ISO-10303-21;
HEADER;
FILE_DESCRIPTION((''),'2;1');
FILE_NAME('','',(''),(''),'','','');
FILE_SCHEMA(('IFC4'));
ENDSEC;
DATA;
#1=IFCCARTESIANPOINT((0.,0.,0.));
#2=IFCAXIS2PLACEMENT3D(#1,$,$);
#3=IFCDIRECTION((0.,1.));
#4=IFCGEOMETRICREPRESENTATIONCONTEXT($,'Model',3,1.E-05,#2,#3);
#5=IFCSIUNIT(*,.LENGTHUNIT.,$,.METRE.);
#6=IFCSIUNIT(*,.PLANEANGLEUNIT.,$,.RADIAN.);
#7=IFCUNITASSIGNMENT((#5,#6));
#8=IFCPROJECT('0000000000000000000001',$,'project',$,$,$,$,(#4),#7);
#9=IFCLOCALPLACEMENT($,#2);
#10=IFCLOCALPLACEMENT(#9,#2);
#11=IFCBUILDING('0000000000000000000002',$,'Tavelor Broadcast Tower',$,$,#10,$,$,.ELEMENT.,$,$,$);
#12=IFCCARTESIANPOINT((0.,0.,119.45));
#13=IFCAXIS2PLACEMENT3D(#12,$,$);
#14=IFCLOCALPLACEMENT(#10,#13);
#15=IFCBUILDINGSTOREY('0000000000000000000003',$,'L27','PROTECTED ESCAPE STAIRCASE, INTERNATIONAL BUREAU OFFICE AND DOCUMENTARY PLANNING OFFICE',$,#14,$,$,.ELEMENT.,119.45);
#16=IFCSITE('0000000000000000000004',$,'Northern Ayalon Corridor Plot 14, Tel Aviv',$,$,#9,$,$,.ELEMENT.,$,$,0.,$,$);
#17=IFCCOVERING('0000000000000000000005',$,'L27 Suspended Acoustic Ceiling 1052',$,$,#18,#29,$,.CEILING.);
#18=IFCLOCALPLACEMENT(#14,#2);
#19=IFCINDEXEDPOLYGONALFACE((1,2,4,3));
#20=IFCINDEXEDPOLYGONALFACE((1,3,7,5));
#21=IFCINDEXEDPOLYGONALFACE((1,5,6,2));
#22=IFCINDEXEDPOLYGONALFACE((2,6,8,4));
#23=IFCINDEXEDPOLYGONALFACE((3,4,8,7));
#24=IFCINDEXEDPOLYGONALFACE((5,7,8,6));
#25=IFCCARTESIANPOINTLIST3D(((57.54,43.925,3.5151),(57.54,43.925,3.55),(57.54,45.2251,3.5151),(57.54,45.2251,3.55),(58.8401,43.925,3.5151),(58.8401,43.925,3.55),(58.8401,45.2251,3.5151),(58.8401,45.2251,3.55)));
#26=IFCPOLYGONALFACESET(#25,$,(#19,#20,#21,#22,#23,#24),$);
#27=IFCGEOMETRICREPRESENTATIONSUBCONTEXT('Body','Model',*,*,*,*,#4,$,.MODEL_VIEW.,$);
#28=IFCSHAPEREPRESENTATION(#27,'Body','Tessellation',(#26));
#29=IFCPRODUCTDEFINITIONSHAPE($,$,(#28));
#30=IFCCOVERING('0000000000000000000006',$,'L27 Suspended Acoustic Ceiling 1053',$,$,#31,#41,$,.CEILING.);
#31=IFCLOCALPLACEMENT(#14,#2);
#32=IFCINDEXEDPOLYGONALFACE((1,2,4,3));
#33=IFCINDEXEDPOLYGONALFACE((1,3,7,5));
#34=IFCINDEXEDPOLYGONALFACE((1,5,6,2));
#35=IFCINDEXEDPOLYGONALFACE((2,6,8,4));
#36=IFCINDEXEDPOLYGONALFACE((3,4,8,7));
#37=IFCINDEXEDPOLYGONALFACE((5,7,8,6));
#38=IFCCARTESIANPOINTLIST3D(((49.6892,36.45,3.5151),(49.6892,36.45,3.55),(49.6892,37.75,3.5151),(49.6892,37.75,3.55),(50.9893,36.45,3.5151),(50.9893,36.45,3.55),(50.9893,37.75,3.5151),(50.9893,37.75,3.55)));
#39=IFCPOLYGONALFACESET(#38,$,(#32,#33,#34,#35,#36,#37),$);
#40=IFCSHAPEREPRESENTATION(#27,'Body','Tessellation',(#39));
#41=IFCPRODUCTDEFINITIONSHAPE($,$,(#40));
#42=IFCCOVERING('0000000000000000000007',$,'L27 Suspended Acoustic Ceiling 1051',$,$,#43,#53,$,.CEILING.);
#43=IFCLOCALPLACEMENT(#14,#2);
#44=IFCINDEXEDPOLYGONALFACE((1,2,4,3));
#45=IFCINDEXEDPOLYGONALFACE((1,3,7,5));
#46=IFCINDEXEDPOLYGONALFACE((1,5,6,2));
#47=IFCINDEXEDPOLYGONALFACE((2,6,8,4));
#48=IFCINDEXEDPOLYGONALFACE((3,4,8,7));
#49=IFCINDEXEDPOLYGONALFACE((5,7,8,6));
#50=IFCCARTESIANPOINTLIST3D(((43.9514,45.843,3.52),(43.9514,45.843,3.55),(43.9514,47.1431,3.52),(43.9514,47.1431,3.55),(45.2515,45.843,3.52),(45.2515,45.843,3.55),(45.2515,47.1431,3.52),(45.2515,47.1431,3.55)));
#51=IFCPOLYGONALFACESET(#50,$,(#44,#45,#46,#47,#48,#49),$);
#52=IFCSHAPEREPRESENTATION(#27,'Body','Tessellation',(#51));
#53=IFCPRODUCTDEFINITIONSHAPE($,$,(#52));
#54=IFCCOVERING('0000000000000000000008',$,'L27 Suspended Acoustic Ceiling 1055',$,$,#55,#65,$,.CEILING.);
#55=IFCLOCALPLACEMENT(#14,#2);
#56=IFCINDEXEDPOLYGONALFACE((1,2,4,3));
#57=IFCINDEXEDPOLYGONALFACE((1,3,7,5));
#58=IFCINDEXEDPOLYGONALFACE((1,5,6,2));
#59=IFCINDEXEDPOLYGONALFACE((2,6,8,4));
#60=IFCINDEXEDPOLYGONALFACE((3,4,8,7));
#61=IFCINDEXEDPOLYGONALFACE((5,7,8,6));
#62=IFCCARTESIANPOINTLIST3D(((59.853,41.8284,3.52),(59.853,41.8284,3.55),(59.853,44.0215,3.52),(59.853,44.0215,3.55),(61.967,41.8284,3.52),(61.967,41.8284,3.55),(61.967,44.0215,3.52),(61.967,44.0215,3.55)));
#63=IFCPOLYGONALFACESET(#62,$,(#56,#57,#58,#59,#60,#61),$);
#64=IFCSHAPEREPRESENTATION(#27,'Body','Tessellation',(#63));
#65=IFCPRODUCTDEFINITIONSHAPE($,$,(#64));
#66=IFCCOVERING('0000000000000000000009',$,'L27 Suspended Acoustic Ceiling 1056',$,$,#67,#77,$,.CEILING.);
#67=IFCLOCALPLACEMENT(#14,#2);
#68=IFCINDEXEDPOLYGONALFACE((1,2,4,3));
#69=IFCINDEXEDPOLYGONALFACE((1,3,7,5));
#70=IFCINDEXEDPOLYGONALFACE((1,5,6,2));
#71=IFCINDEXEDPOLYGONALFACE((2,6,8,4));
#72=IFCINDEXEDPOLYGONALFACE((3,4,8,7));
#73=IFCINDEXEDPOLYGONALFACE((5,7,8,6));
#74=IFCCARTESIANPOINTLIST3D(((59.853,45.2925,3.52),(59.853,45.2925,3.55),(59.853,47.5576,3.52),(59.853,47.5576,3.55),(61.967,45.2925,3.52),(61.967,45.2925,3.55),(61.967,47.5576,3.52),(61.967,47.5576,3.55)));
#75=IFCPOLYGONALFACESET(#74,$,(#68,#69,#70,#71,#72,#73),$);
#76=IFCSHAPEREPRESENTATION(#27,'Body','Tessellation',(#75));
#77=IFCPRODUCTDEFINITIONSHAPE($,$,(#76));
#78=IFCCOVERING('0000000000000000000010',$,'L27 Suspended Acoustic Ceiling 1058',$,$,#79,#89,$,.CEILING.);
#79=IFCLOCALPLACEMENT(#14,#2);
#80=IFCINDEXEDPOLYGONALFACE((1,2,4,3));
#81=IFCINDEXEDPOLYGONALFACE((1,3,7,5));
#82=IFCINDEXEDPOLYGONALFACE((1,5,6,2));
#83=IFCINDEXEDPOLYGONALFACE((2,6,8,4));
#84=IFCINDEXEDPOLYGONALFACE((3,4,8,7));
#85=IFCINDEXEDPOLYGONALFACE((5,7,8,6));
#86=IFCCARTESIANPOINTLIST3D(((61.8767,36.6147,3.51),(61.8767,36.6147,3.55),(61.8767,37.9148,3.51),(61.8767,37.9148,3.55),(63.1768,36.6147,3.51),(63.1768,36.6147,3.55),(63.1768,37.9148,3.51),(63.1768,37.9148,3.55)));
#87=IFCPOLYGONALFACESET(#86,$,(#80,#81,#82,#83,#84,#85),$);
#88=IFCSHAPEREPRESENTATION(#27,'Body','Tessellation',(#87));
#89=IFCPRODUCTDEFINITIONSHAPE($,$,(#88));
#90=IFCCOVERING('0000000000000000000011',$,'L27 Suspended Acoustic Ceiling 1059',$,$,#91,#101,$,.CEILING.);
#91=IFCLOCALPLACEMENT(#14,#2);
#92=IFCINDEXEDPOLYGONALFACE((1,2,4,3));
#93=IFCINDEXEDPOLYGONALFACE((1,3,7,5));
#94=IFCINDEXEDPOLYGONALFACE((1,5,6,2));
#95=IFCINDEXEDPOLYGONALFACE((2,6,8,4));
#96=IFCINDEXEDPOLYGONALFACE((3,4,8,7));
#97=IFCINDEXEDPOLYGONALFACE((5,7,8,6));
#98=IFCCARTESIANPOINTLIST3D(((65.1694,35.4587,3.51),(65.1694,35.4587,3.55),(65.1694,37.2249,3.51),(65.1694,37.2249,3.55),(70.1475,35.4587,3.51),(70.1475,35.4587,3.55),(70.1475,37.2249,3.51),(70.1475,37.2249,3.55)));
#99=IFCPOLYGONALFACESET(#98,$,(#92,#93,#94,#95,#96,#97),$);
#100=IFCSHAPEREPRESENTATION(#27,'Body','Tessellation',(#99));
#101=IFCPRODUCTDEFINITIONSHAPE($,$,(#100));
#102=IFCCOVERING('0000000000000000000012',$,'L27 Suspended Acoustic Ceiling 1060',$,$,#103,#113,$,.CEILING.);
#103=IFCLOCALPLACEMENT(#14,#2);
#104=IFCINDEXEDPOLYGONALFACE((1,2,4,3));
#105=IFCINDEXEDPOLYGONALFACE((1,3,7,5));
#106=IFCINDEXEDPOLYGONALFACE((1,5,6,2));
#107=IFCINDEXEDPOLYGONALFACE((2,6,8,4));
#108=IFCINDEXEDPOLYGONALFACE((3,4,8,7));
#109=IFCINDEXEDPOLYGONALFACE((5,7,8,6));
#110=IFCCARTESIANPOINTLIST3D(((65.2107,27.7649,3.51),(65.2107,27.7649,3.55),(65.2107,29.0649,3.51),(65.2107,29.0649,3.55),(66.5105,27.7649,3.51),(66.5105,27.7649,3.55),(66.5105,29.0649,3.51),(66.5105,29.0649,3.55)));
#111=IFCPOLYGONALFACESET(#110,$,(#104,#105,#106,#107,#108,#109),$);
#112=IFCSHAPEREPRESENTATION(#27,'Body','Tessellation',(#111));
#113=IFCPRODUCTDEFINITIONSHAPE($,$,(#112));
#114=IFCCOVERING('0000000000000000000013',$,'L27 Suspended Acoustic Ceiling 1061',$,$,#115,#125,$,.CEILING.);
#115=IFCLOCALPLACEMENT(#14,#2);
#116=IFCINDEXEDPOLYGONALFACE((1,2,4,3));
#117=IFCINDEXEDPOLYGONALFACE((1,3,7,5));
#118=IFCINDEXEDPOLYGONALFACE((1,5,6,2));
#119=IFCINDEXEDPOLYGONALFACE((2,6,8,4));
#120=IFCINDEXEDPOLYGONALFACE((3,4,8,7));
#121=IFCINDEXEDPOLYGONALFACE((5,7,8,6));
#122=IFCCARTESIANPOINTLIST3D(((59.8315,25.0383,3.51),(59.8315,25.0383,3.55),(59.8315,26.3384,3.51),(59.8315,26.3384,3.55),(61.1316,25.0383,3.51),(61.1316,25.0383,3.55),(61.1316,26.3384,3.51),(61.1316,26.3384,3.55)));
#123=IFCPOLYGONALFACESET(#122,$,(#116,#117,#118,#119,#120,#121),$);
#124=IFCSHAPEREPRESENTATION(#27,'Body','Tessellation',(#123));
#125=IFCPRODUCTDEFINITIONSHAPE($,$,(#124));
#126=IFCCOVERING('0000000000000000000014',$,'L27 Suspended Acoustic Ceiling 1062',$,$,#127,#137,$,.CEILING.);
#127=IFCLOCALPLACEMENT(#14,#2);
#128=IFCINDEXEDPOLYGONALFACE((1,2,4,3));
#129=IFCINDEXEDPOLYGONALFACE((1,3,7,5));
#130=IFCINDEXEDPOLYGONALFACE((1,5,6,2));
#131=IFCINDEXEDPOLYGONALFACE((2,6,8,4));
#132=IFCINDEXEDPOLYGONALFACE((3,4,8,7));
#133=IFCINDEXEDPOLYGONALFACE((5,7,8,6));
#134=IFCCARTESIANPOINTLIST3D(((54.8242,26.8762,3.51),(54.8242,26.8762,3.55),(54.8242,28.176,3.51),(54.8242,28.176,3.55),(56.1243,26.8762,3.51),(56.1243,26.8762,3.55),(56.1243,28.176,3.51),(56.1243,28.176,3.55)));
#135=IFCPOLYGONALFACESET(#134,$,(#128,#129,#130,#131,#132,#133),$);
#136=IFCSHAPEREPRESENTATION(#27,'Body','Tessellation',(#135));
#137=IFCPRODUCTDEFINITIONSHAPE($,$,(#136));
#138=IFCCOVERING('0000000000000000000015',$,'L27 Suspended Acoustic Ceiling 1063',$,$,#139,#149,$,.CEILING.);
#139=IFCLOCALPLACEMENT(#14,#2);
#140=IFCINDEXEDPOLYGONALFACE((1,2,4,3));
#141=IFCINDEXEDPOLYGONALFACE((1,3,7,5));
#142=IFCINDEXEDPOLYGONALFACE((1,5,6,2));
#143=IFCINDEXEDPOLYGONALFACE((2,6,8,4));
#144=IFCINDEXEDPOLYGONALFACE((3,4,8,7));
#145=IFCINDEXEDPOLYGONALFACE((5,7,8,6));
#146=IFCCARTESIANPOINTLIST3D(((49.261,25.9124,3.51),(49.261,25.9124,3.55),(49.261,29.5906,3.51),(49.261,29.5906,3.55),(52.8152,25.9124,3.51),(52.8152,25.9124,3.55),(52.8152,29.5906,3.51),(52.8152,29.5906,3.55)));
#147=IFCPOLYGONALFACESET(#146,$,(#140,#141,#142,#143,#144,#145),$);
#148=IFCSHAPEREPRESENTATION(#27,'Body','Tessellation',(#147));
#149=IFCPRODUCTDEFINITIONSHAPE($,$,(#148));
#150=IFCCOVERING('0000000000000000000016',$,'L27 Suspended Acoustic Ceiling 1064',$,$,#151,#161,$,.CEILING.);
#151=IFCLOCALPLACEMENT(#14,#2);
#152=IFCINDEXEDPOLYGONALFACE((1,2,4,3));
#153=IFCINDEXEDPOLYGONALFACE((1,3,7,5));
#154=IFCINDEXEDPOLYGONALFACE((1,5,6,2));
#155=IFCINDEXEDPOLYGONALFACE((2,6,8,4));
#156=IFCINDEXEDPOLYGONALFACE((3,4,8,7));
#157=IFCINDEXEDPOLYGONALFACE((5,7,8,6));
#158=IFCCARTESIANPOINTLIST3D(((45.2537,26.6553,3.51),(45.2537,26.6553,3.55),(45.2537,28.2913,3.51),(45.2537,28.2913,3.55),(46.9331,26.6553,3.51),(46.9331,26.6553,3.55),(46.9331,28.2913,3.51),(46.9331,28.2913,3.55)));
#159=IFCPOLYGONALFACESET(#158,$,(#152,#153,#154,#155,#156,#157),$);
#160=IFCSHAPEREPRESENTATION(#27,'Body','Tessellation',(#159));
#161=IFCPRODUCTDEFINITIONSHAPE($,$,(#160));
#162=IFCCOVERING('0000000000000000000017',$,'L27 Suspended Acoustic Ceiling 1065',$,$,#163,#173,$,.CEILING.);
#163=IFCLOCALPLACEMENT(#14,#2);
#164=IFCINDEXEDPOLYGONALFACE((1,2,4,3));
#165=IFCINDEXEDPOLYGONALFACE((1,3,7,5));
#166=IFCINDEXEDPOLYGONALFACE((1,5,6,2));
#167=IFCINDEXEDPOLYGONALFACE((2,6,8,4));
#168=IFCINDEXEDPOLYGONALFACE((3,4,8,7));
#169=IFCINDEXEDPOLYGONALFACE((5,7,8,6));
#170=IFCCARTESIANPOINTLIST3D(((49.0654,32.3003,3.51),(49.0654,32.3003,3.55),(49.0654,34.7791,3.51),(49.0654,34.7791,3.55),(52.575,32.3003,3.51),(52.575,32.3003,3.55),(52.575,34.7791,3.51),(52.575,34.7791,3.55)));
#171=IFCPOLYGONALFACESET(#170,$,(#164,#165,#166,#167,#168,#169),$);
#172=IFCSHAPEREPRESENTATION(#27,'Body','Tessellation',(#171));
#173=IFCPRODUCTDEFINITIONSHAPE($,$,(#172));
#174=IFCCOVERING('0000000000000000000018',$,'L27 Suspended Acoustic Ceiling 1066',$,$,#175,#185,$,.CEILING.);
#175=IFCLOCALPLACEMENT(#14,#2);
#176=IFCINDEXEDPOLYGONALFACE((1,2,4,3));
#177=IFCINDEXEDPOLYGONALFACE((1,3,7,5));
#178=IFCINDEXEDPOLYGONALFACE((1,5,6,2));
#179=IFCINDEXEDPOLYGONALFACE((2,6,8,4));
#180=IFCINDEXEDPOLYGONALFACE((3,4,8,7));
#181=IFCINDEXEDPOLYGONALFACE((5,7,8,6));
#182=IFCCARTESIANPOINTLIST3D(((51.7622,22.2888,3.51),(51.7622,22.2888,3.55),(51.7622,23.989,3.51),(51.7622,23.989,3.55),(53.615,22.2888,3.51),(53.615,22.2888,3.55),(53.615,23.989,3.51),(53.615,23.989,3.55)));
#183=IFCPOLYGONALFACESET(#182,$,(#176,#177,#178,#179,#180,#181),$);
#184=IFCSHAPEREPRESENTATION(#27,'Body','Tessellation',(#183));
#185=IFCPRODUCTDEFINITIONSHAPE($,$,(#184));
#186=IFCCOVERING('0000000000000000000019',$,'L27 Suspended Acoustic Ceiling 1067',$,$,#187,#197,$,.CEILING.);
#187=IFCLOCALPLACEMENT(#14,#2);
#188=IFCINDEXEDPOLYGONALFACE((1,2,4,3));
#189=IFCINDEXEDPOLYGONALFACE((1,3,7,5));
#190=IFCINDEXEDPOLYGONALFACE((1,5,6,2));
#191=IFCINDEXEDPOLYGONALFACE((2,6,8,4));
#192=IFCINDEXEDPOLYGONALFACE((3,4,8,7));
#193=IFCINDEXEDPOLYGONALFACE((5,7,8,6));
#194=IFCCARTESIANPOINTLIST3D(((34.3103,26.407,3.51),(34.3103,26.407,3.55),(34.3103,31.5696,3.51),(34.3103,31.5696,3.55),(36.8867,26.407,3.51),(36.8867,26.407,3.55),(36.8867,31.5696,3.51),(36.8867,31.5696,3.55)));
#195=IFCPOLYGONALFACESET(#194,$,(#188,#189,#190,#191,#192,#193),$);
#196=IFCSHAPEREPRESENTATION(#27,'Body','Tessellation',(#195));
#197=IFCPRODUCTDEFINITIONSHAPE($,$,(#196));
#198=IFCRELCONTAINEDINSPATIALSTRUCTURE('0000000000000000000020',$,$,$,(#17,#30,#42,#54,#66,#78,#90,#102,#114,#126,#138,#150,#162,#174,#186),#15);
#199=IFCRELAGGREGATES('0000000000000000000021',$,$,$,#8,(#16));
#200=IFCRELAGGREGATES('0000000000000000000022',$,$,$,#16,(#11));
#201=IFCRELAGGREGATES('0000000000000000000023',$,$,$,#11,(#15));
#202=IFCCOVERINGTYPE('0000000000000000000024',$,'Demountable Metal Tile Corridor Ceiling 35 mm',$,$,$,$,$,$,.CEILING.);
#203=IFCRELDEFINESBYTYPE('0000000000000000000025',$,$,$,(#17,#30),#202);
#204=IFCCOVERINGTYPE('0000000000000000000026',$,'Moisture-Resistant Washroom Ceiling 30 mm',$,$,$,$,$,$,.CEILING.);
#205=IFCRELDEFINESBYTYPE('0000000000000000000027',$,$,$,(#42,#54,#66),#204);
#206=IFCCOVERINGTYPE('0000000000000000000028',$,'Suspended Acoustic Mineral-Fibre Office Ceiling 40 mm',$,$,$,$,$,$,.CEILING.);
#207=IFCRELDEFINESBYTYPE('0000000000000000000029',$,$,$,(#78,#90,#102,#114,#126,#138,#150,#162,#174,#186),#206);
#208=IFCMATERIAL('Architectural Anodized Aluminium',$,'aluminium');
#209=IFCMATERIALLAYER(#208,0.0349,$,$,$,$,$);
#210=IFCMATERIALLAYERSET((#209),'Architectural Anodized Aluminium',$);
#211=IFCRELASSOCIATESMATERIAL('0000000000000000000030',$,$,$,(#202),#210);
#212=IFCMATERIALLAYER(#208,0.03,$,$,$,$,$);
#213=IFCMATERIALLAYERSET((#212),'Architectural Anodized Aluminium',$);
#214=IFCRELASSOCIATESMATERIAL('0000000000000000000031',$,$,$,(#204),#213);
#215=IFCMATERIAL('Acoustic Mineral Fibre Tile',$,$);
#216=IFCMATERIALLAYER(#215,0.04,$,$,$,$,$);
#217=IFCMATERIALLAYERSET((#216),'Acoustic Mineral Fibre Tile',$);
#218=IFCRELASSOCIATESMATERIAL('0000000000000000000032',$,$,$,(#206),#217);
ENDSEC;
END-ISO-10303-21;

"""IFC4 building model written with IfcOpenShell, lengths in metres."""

from ifc_helpers import new_model, si_unit, direction, frame, origin, place, context, subcontext, project, spatial, polyline, outline, extrude, material, layer, layer_set, type_object, element, save


model = new_model("IFC4")

# Units and contexts
model_context = context("Model", 3, precision=1e-05, world=origin(), true_north=direction((0.0, 1.0)))
body_context = subcontext(model_context, "Body", "Model", "MODEL_VIEW")
ifc_project = project(units=[si_unit("LENGTHUNIT", "METRE"), si_unit("PLANEANGLEUNIT", "RADIAN")], contexts=[model_context])

# Site, building, storey
site_placement = place(None, origin())
site = spatial("IfcSite", under=ifc_project, at=site_placement, Name="Northern Ayalon Corridor Plot 14, Tel Aviv", CompositionType="ELEMENT", RefElevation=0.0)
building_placement = place(site_placement, origin())
building = spatial("IfcBuilding", under=site, at=building_placement, Name="Tavelor Broadcast Tower", CompositionType="ELEMENT")
storey_placement = place(building_placement, frame((0.0, 0.0, 119.45)))
storey = spatial("IfcBuildingStorey", under=building, at=storey_placement, Name="L27", Description="PROTECTED ESCAPE STAIRCASE, INTERNATIONAL BUREAU OFFICE AND DOCUMENTARY PLANNING OFFICE", CompositionType="ELEMENT", Elevation=119.45)

# Coverings
ifc_material_1 = material(Name="Architectural Anodized Aluminium", Category="aluminium")
ifc_layer_1 = layer(ifc_material_1, 0.0349)
ifc_layer_set_1 = layer_set([ifc_layer_1], Name="Architectural Anodized Aluminium")
covering_type_1 = type_object("IfcCoveringType", Name="Demountable Metal Tile Corridor Ceiling 35 mm", PredefinedType="CEILING", material=ifc_layer_set_1)
covering_1_placement = place(storey_placement, frame((0.0, 0.0, 3.5151)))
element("IfcCovering", 1, at=covering_1_placement, inside=storey, type_object=covering_type_1, Name="L27 Suspended Acoustic Ceiling 1052", PredefinedType="CEILING", context=body_context, shape_type="SweptSolid", body=[
    extrude(outline(polyline([(57.54, 43.925), (58.8401, 43.925), (58.8401, 45.2251), (57.54, 45.2251), (57.54, 43.925)])), origin(), (0.0, 0.0, 1.0), 0.0349),
])
covering_2_placement = place(storey_placement, frame((0.0, 0.0, 3.5151)))
element("IfcCovering", 2, at=covering_2_placement, inside=storey, type_object=covering_type_1, Name="L27 Suspended Acoustic Ceiling 1053", PredefinedType="CEILING", context=body_context, shape_type="SweptSolid", body=[
    extrude(outline(polyline([(49.6892, 36.45), (50.9893, 36.45), (50.9893, 37.75), (49.6892, 37.75), (49.6892, 36.45)])), origin(), (0.0, 0.0, 1.0), 0.0349),
])
ifc_layer_2 = layer(ifc_material_1, 0.03)
ifc_layer_set_2 = layer_set([ifc_layer_2], Name="Architectural Anodized Aluminium")
covering_type_2 = type_object("IfcCoveringType", Name="Moisture-Resistant Washroom Ceiling 30 mm", PredefinedType="CEILING", material=ifc_layer_set_2)
covering_3_placement = place(storey_placement, frame((0.0, 0.0, 3.52)))
element("IfcCovering", 3, at=covering_3_placement, inside=storey, type_object=covering_type_2, Name="L27 Suspended Acoustic Ceiling 1051", PredefinedType="CEILING", context=body_context, shape_type="SweptSolid", body=[
    extrude(outline(polyline([(43.9514, 45.843), (45.2515, 45.843), (45.2515, 47.1431), (43.9514, 47.1431), (43.9514, 45.843)])), origin(), (0.0, 0.0, 1.0), 0.03),
])
covering_4_placement = place(storey_placement, frame((0.0, 0.0, 3.52)))
element("IfcCovering", 4, at=covering_4_placement, inside=storey, type_object=covering_type_2, Name="L27 Suspended Acoustic Ceiling 1055", PredefinedType="CEILING", context=body_context, shape_type="SweptSolid", body=[
    extrude(outline(polyline([(59.853, 41.8284), (61.967, 41.8284), (61.967, 44.0215), (59.853, 44.0215), (59.853, 41.8284)])), origin(), (0.0, 0.0, 1.0), 0.03),
])
covering_5_placement = place(storey_placement, frame((0.0, 0.0, 3.52)))
element("IfcCovering", 5, at=covering_5_placement, inside=storey, type_object=covering_type_2, Name="L27 Suspended Acoustic Ceiling 1056", PredefinedType="CEILING", context=body_context, shape_type="SweptSolid", body=[
    extrude(outline(polyline([(59.853, 45.2925), (61.967, 45.2925), (61.967, 47.5576), (59.853, 47.5576), (59.853, 45.2925)])), origin(), (0.0, 0.0, 1.0), 0.03),
])
ifc_material_2 = material(Name="Acoustic Mineral Fibre Tile")
ifc_layer_3 = layer(ifc_material_2, 0.04)
ifc_layer_set_3 = layer_set([ifc_layer_3], Name="Acoustic Mineral Fibre Tile")
covering_type_3 = type_object("IfcCoveringType", Name="Suspended Acoustic Mineral-Fibre Office Ceiling 40 mm", PredefinedType="CEILING", material=ifc_layer_set_3)
covering_6_placement = place(storey_placement, frame((0.0, 0.0, 3.51)))
element("IfcCovering", 6, at=covering_6_placement, inside=storey, type_object=covering_type_3, Name="L27 Suspended Acoustic Ceiling 1058", PredefinedType="CEILING", context=body_context, shape_type="SweptSolid", body=[
    extrude(outline(polyline([(61.8767, 36.6147), (63.1768, 36.6147), (63.1768, 37.9148), (61.8767, 37.9148), (61.8767, 36.6147)])), origin(), (0.0, 0.0, 1.0), 0.04),
])
covering_7_placement = place(storey_placement, frame((0.0, 0.0, 3.51)))
element("IfcCovering", 7, at=covering_7_placement, inside=storey, type_object=covering_type_3, Name="L27 Suspended Acoustic Ceiling 1059", PredefinedType="CEILING", context=body_context, shape_type="SweptSolid", body=[
    extrude(outline(polyline([(65.1694, 35.4587), (70.1475, 35.4587), (70.1475, 37.2249), (65.1694, 37.2249), (65.1694, 35.4587)])), origin(), (0.0, 0.0, 1.0), 0.04),
])
covering_8_placement = place(storey_placement, frame((0.0, 0.0, 3.51)))
element("IfcCovering", 8, at=covering_8_placement, inside=storey, type_object=covering_type_3, Name="L27 Suspended Acoustic Ceiling 1060", PredefinedType="CEILING", context=body_context, shape_type="SweptSolid", body=[
    extrude(outline(polyline([(65.2107, 27.7649), (66.5105, 27.7649), (66.5105, 29.0649), (65.2107, 29.0649), (65.2107, 27.7649)])), origin(), (0.0, 0.0, 1.0), 0.04),
])
covering_9_placement = place(storey_placement, frame((0.0, 0.0, 3.51)))
element("IfcCovering", 9, at=covering_9_placement, inside=storey, type_object=covering_type_3, Name="L27 Suspended Acoustic Ceiling 1061", PredefinedType="CEILING", context=body_context, shape_type="SweptSolid", body=[
    extrude(outline(polyline([(59.8315, 25.0383), (61.1316, 25.0383), (61.1316, 26.3384), (59.8315, 26.3384), (59.8315, 25.0383)])), origin(), (0.0, 0.0, 1.0), 0.04),
])
covering_10_placement = place(storey_placement, frame((0.0, 0.0, 3.51)))
element("IfcCovering", 10, at=covering_10_placement, inside=storey, type_object=covering_type_3, Name="L27 Suspended Acoustic Ceiling 1062", PredefinedType="CEILING", context=body_context, shape_type="SweptSolid", body=[
    extrude(outline(polyline([(54.8242, 26.8762), (56.1243, 26.8762), (56.1243, 28.176), (54.8242, 28.176), (54.8242, 26.8762)])), origin(), (0.0, 0.0, 1.0), 0.04),
])
covering_11_placement = place(storey_placement, frame((0.0, 0.0, 3.51)))
element("IfcCovering", 11, at=covering_11_placement, inside=storey, type_object=covering_type_3, Name="L27 Suspended Acoustic Ceiling 1063", PredefinedType="CEILING", context=body_context, shape_type="SweptSolid", body=[
    extrude(outline(polyline([(49.261, 25.9124), (52.8152, 25.9124), (52.8152, 29.5906), (49.261, 29.5906), (49.261, 25.9124)])), origin(), (0.0, 0.0, 1.0), 0.04),
])
covering_12_placement = place(storey_placement, frame((0.0, 0.0, 3.51)))
element("IfcCovering", 12, at=covering_12_placement, inside=storey, type_object=covering_type_3, Name="L27 Suspended Acoustic Ceiling 1064", PredefinedType="CEILING", context=body_context, shape_type="SweptSolid", body=[
    extrude(outline(polyline([(45.2537, 26.6553), (46.9331, 26.6553), (46.9331, 28.2913), (45.2537, 28.2913), (45.2537, 26.6553)])), origin(), (0.0, 0.0, 1.0), 0.04),
])
covering_13_placement = place(storey_placement, frame((0.0, 0.0, 3.51)))
element("IfcCovering", 13, at=covering_13_placement, inside=storey, type_object=covering_type_3, Name="L27 Suspended Acoustic Ceiling 1065", PredefinedType="CEILING", context=body_context, shape_type="SweptSolid", body=[
    extrude(outline(polyline([(49.0654, 32.3003), (52.575, 32.3003), (52.575, 34.7791), (49.0654, 34.7791), (49.0654, 32.3003)])), origin(), (0.0, 0.0, 1.0), 0.04),
])
covering_14_placement = place(storey_placement, frame((0.0, 0.0, 3.51)))
element("IfcCovering", 14, at=covering_14_placement, inside=storey, type_object=covering_type_3, Name="L27 Suspended Acoustic Ceiling 1066", PredefinedType="CEILING", context=body_context, shape_type="SweptSolid", body=[
    extrude(outline(polyline([(51.7622, 22.2888), (53.615, 22.2888), (53.615, 23.989), (51.7622, 23.989), (51.7622, 22.2888)])), origin(), (0.0, 0.0, 1.0), 0.04),
])
covering_15_placement = place(storey_placement, frame((0.0, 0.0, 3.51)))
element("IfcCovering", 15, at=covering_15_placement, inside=storey, type_object=covering_type_3, Name="L27 Suspended Acoustic Ceiling 1067", PredefinedType="CEILING", context=body_context, shape_type="SweptSolid", body=[
    extrude(outline(polyline([(34.3103, 26.407), (36.8867, 26.407), (36.8867, 31.5696), (34.3103, 31.5696), (34.3103, 26.407)])), origin(), (0.0, 0.0, 1.0), 0.04),
])

save(model, "model.ifc")
